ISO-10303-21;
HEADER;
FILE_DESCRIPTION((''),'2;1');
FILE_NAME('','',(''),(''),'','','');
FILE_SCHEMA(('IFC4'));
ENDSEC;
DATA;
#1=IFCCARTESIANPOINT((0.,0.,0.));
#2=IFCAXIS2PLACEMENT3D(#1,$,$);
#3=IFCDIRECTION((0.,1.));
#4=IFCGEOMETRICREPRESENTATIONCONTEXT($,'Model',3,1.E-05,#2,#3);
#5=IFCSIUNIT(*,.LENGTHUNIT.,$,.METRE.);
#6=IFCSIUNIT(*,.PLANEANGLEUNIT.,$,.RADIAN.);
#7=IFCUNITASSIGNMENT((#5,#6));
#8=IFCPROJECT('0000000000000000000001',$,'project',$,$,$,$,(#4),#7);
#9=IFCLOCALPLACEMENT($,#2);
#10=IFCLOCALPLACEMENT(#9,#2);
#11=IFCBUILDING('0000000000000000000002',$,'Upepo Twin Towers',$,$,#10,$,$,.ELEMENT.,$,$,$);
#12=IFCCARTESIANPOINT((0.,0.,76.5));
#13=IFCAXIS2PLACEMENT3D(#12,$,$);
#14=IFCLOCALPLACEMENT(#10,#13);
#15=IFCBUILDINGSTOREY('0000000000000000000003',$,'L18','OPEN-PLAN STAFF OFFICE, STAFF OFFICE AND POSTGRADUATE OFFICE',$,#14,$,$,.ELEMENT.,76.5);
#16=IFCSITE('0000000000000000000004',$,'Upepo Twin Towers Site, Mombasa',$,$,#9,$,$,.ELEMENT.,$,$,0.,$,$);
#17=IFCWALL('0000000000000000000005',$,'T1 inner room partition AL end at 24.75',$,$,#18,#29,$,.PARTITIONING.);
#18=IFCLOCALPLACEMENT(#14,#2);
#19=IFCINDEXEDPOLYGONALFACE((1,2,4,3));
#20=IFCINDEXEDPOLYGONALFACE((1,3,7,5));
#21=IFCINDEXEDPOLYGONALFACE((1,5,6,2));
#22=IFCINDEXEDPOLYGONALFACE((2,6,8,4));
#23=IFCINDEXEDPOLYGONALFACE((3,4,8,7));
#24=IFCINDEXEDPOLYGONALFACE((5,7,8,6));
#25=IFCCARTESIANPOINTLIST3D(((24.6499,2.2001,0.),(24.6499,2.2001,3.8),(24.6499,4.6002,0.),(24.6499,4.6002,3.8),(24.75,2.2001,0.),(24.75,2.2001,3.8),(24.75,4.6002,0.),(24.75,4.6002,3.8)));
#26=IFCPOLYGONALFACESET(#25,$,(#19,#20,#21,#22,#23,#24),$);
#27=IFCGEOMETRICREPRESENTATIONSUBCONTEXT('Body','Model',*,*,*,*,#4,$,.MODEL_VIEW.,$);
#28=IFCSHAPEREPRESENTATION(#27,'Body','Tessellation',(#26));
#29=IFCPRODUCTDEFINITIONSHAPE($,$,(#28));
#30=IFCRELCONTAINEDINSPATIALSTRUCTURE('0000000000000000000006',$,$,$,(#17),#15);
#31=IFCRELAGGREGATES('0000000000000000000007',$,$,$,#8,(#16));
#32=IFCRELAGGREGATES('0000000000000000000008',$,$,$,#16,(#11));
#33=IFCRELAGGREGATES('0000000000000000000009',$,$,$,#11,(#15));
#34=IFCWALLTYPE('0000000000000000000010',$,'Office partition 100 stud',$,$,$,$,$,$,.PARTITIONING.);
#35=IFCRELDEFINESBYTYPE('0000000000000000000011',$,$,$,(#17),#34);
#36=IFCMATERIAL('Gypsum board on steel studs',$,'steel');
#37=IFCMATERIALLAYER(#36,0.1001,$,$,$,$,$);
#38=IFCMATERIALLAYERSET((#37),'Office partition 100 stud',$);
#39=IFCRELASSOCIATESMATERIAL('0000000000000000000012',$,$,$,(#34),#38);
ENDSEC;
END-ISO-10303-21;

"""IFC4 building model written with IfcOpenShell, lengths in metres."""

from ifc_helpers import new_model, si_unit, direction, frame, frame_2d, origin, place, context, subcontext, project, spatial, rectangle, extrude, material, layer, layer_set, type_object, element, save


model = new_model("IFC4")

# Units and contexts
model_context = context("Model", 3, precision=1e-05, world=origin(), true_north=direction((0.0, 1.0)))
body_context = subcontext(model_context, "Body", "Model", "MODEL_VIEW")
ifc_project = project(units=[si_unit("LENGTHUNIT", "METRE"), si_unit("PLANEANGLEUNIT", "RADIAN")], contexts=[model_context])

# Site, building, storey
site_placement = place(None, origin())
site = spatial("IfcSite", under=ifc_project, at=site_placement, Name="Upepo Twin Towers Site, Mombasa", CompositionType="ELEMENT", RefElevation=0.0)
building_placement = place(site_placement, origin())
building = spatial("IfcBuilding", under=site, at=building_placement, Name="Upepo Twin Towers", CompositionType="ELEMENT")
storey_placement = place(building_placement, frame((0.0, 0.0, 76.5)))
storey = spatial("IfcBuildingStorey", under=building, at=storey_placement, Name="L18", Description="OPEN-PLAN STAFF OFFICE, STAFF OFFICE AND POSTGRADUATE OFFICE", CompositionType="ELEMENT", Elevation=76.5)

# Shared definitions
ifc_material_1 = material(Name="Gypsum board on steel studs", Category="steel")
ifc_layer_1 = layer(ifc_material_1, 0.1001)
ifc_layer_set_1 = layer_set([ifc_layer_1], Name="Office partition 100 stud")
wall_type_1 = type_object("IfcWallType", Name="Office partition 100 stud", PredefinedType="PARTITIONING", material=ifc_layer_set_1)

# Wall
wall_1_placement = place(storey_placement, frame((24.7, 2.2, 0.0), z_axis=(0.0, 0.0, 1.0), x_axis=(0.0, 1.0, 0.0)))
element("IfcWall", 1, at=wall_1_placement, inside=storey, type_object=wall_type_1, Name="T1 inner room partition AL end at 24.75", PredefinedType="PARTITIONING", context=body_context, shape_type="SweptSolid", body=[
    extrude(rectangle(XDim=2.4001, YDim=0.1001, at=frame_2d((1.2002, 0.0))), origin(), (0.0, 0.0, 1.0), 3.8),
])

save(model, "model.ifc")
